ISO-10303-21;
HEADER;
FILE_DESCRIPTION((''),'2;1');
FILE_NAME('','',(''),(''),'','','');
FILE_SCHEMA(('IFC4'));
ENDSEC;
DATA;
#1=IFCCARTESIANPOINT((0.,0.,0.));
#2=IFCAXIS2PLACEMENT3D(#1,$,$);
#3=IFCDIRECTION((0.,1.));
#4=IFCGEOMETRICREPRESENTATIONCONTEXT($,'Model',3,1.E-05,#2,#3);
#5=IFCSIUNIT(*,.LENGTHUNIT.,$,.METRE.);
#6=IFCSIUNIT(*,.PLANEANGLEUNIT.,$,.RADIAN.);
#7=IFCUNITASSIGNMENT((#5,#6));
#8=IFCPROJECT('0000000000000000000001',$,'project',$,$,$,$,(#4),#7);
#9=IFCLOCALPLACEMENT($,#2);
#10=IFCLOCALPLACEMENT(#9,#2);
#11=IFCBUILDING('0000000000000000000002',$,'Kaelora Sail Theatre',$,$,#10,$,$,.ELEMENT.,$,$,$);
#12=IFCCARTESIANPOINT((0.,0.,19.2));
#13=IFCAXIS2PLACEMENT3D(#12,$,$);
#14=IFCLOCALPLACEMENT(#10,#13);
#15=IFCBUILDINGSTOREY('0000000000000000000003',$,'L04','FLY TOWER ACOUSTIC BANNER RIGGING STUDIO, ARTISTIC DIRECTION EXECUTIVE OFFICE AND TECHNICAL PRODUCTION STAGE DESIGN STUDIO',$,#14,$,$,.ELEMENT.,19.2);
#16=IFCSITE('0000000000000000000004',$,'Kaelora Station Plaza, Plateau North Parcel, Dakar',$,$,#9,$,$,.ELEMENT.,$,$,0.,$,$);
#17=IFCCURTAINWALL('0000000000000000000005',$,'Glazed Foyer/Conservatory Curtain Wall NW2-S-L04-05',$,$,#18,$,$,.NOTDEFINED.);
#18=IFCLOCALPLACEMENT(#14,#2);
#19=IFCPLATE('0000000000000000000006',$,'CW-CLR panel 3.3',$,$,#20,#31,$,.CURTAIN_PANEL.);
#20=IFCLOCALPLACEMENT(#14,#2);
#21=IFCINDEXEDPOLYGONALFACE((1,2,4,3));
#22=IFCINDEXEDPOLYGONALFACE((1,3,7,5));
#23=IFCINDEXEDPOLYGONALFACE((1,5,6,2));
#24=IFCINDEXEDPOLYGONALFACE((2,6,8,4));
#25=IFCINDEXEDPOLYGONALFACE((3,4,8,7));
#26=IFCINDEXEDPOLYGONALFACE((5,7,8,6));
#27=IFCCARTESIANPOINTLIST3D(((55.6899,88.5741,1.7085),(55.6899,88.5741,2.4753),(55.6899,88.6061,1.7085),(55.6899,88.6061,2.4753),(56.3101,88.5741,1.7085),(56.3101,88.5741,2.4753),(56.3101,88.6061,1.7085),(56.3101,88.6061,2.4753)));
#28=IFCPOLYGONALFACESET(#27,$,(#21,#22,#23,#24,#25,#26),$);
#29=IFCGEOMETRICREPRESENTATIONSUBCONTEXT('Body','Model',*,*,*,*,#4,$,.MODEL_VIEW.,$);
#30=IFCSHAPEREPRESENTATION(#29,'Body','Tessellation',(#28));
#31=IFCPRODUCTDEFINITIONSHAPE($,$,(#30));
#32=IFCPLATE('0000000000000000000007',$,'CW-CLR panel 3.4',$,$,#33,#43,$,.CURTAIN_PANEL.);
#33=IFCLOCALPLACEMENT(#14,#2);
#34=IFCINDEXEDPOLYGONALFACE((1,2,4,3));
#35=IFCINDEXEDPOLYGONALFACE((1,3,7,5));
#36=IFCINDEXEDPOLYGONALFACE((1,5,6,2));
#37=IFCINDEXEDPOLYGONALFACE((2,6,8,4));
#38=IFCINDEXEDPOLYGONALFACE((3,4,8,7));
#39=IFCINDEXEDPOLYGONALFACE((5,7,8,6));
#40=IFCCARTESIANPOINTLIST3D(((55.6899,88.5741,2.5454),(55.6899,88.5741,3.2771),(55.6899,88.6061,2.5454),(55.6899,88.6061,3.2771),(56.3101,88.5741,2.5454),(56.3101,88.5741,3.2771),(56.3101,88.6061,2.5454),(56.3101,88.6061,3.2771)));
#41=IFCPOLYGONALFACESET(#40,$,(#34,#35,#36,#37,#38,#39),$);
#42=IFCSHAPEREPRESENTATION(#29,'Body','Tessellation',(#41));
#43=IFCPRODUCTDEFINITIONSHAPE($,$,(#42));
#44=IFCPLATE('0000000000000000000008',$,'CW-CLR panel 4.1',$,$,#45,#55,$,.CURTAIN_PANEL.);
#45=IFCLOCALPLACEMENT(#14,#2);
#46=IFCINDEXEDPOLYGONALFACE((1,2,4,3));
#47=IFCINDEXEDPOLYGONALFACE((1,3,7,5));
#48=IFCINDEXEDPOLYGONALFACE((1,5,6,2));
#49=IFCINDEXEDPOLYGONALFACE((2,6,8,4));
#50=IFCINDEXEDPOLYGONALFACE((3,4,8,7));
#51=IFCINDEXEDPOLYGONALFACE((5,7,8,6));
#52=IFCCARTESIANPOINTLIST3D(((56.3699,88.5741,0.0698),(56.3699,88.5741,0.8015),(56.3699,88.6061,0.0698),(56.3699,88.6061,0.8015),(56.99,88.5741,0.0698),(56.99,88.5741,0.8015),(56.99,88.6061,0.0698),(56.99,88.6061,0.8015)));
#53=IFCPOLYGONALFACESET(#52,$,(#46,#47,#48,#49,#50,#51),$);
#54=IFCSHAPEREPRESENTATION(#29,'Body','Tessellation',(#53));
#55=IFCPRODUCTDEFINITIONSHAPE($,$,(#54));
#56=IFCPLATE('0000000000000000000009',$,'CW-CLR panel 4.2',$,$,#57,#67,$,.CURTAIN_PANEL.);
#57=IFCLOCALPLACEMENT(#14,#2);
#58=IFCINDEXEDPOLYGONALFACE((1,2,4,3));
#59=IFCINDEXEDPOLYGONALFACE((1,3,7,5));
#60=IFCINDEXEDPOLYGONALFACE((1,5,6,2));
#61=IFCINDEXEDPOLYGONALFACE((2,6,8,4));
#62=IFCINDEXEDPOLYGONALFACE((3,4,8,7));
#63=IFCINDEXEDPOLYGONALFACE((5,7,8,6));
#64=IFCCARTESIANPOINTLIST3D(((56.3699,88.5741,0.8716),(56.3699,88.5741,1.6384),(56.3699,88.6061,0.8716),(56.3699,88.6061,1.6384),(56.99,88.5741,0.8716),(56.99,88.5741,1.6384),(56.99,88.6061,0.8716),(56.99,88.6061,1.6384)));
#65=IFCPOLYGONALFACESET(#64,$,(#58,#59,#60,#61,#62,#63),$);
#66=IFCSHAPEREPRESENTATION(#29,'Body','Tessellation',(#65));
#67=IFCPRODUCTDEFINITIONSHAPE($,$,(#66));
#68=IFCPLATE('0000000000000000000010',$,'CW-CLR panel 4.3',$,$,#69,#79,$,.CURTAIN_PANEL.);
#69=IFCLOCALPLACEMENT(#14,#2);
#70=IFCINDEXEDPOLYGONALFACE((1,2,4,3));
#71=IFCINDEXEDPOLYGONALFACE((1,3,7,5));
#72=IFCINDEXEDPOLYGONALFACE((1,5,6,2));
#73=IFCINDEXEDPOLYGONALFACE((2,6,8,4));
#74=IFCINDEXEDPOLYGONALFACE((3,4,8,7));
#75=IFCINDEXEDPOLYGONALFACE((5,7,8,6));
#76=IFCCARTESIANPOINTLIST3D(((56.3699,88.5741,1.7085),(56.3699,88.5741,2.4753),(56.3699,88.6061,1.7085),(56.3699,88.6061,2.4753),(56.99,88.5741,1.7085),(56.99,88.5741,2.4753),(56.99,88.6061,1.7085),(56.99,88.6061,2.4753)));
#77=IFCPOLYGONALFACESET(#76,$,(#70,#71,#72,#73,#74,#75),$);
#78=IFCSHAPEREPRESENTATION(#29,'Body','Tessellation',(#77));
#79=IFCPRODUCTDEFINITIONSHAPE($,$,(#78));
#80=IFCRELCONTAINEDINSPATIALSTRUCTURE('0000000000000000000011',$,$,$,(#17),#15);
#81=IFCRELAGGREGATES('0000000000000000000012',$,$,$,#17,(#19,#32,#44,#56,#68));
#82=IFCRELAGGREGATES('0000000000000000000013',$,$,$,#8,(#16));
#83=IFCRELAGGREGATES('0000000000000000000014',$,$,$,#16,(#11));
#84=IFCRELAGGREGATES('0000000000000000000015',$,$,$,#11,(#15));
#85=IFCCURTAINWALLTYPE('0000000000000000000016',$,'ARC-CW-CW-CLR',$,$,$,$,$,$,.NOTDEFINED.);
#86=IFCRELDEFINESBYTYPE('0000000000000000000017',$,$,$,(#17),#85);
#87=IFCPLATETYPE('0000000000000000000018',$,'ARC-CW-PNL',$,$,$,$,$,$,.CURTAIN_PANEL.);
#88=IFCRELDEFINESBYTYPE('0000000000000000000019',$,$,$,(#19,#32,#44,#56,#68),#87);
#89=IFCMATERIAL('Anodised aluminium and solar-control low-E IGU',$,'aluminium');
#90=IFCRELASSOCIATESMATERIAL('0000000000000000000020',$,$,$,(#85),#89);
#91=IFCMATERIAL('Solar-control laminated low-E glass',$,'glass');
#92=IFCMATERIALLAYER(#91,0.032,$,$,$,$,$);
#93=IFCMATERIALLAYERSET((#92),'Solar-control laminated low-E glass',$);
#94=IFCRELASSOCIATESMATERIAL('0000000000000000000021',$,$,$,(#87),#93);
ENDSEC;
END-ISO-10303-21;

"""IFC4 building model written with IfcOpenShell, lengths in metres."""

from ifc_helpers import new_model, si_unit, direction, frame, origin, origin_2d, place, context, subcontext, project, spatial, rectangle, extrude, material, layer, layer_set, type_object, element, aggregate, save


model = new_model("IFC4")

# Units and contexts
model_context = context("Model", 3, precision=1e-05, world=origin(), true_north=direction((0.0, 1.0)))
body_context = subcontext(model_context, "Body", "Model", "MODEL_VIEW")
ifc_project = project(units=[si_unit("LENGTHUNIT", "METRE"), si_unit("PLANEANGLEUNIT", "RADIAN")], contexts=[model_context])

# Site, building, storey
site_placement = place(None, origin())
site = spatial("IfcSite", under=ifc_project, at=site_placement, Name="Kaelora Station Plaza, Plateau North Parcel, Dakar", CompositionType="ELEMENT", RefElevation=0.0)
building_placement = place(site_placement, origin())
building = spatial("IfcBuilding", under=site, at=building_placement, Name="Kaelora Sail Theatre", CompositionType="ELEMENT")
storey_placement = place(building_placement, frame((0.0, 0.0, 19.2)))
storey = spatial("IfcBuildingStorey", under=building, at=storey_placement, Name="L04", Description="FLY TOWER ACOUSTIC BANNER RIGGING STUDIO, ARTISTIC DIRECTION EXECUTIVE OFFICE AND TECHNICAL PRODUCTION STAGE DESIGN STUDIO", CompositionType="ELEMENT", Elevation=19.2)

# Curtain wall, plates
ifc_material_1 = material(Name="Anodised aluminium and solar-control low-E IGU", Category="aluminium")
curtain_wall_type = type_object("IfcCurtainWallType", Name="ARC-CW-CW-CLR", PredefinedType="NOTDEFINED", material=ifc_material_1)
curtain_wall_placement = place(storey_placement, origin())
curtain_wall = element("IfcCurtainWall", 1, at=curtain_wall_placement, inside=storey, type_object=curtain_wall_type, Name="Glazed Foyer/Conservatory Curtain Wall NW2-S-L04-05", PredefinedType="NOTDEFINED")
ifc_material_2 = material(Name="Solar-control laminated low-E glass", Category="glass")
ifc_layer = layer(ifc_material_2, 0.032)
ifc_layer_set = layer_set([ifc_layer], Name="Solar-control laminated low-E glass")
plate_type = type_object("IfcPlateType", Name="ARC-CW-PNL", PredefinedType="CURTAIN_PANEL", material=ifc_layer_set)
plate_1_placement = place(storey_placement, frame((56.0, 88.5901, 1.7085), z_axis=(0.0, 0.0, 1.0), x_axis=(1.0, 0.0, 0.0)))
plate_1 = element("IfcPlate", 2, at=plate_1_placement, type_object=plate_type, Name="CW-CLR panel 3.3", PredefinedType="CURTAIN_PANEL", context=body_context, shape_type="SweptSolid", body=[
    extrude(rectangle(XDim=0.6201, YDim=0.032, at=origin_2d()), origin(), (0.0, 0.0, 1.0), 0.7668),
])
plate_2_placement = place(storey_placement, frame((56.0, 88.5901, 2.5454), z_axis=(0.0, 0.0, 1.0), x_axis=(1.0, 0.0, 0.0)))
plate_2 = element("IfcPlate", 3, at=plate_2_placement, type_object=plate_type, Name="CW-CLR panel 3.4", PredefinedType="CURTAIN_PANEL", context=body_context, shape_type="SweptSolid", body=[
    extrude(rectangle(XDim=0.6201, YDim=0.032, at=origin_2d()), origin(), (0.0, 0.0, 1.0), 0.7317),
])
plate_3_placement = place(storey_placement, frame((56.6799, 88.5901, 0.0698), z_axis=(0.0, 0.0, 1.0), x_axis=(1.0, 0.0, 0.0)))
plate_3 = element("IfcPlate", 4, at=plate_3_placement, type_object=plate_type, Name="CW-CLR panel 4.1", PredefinedType="CURTAIN_PANEL", context=body_context, shape_type="SweptSolid", body=[
    extrude(rectangle(XDim=0.6201, YDim=0.032, at=origin_2d()), origin(), (0.0, 0.0, 1.0), 0.7317),
])
plate_4_placement = place(storey_placement, frame((56.6799, 88.5901, 0.8716), z_axis=(0.0, 0.0, 1.0), x_axis=(1.0, 0.0, 0.0)))
plate_4 = element("IfcPlate", 5, at=plate_4_placement, type_object=plate_type, Name="CW-CLR panel 4.2", PredefinedType="CURTAIN_PANEL", context=body_context, shape_type="SweptSolid", body=[
    extrude(rectangle(XDim=0.6201, YDim=0.032, at=origin_2d()), origin(), (0.0, 0.0, 1.0), 0.7668),
])
plate_5_placement = place(storey_placement, frame((56.6799, 88.5901, 1.7085), z_axis=(0.0, 0.0, 1.0), x_axis=(1.0, 0.0, 0.0)))
plate_5 = element("IfcPlate", 6, at=plate_5_placement, type_object=plate_type, Name="CW-CLR panel 4.3", PredefinedType="CURTAIN_PANEL", context=body_context, shape_type="SweptSolid", body=[
    extrude(rectangle(XDim=0.6201, YDim=0.032, at=origin_2d()), origin(), (0.0, 0.0, 1.0), 0.7668),
])
aggregate(curtain_wall, [plate_1, plate_2, plate_3, plate_4, plate_5])

save(model, "model.ifc")
